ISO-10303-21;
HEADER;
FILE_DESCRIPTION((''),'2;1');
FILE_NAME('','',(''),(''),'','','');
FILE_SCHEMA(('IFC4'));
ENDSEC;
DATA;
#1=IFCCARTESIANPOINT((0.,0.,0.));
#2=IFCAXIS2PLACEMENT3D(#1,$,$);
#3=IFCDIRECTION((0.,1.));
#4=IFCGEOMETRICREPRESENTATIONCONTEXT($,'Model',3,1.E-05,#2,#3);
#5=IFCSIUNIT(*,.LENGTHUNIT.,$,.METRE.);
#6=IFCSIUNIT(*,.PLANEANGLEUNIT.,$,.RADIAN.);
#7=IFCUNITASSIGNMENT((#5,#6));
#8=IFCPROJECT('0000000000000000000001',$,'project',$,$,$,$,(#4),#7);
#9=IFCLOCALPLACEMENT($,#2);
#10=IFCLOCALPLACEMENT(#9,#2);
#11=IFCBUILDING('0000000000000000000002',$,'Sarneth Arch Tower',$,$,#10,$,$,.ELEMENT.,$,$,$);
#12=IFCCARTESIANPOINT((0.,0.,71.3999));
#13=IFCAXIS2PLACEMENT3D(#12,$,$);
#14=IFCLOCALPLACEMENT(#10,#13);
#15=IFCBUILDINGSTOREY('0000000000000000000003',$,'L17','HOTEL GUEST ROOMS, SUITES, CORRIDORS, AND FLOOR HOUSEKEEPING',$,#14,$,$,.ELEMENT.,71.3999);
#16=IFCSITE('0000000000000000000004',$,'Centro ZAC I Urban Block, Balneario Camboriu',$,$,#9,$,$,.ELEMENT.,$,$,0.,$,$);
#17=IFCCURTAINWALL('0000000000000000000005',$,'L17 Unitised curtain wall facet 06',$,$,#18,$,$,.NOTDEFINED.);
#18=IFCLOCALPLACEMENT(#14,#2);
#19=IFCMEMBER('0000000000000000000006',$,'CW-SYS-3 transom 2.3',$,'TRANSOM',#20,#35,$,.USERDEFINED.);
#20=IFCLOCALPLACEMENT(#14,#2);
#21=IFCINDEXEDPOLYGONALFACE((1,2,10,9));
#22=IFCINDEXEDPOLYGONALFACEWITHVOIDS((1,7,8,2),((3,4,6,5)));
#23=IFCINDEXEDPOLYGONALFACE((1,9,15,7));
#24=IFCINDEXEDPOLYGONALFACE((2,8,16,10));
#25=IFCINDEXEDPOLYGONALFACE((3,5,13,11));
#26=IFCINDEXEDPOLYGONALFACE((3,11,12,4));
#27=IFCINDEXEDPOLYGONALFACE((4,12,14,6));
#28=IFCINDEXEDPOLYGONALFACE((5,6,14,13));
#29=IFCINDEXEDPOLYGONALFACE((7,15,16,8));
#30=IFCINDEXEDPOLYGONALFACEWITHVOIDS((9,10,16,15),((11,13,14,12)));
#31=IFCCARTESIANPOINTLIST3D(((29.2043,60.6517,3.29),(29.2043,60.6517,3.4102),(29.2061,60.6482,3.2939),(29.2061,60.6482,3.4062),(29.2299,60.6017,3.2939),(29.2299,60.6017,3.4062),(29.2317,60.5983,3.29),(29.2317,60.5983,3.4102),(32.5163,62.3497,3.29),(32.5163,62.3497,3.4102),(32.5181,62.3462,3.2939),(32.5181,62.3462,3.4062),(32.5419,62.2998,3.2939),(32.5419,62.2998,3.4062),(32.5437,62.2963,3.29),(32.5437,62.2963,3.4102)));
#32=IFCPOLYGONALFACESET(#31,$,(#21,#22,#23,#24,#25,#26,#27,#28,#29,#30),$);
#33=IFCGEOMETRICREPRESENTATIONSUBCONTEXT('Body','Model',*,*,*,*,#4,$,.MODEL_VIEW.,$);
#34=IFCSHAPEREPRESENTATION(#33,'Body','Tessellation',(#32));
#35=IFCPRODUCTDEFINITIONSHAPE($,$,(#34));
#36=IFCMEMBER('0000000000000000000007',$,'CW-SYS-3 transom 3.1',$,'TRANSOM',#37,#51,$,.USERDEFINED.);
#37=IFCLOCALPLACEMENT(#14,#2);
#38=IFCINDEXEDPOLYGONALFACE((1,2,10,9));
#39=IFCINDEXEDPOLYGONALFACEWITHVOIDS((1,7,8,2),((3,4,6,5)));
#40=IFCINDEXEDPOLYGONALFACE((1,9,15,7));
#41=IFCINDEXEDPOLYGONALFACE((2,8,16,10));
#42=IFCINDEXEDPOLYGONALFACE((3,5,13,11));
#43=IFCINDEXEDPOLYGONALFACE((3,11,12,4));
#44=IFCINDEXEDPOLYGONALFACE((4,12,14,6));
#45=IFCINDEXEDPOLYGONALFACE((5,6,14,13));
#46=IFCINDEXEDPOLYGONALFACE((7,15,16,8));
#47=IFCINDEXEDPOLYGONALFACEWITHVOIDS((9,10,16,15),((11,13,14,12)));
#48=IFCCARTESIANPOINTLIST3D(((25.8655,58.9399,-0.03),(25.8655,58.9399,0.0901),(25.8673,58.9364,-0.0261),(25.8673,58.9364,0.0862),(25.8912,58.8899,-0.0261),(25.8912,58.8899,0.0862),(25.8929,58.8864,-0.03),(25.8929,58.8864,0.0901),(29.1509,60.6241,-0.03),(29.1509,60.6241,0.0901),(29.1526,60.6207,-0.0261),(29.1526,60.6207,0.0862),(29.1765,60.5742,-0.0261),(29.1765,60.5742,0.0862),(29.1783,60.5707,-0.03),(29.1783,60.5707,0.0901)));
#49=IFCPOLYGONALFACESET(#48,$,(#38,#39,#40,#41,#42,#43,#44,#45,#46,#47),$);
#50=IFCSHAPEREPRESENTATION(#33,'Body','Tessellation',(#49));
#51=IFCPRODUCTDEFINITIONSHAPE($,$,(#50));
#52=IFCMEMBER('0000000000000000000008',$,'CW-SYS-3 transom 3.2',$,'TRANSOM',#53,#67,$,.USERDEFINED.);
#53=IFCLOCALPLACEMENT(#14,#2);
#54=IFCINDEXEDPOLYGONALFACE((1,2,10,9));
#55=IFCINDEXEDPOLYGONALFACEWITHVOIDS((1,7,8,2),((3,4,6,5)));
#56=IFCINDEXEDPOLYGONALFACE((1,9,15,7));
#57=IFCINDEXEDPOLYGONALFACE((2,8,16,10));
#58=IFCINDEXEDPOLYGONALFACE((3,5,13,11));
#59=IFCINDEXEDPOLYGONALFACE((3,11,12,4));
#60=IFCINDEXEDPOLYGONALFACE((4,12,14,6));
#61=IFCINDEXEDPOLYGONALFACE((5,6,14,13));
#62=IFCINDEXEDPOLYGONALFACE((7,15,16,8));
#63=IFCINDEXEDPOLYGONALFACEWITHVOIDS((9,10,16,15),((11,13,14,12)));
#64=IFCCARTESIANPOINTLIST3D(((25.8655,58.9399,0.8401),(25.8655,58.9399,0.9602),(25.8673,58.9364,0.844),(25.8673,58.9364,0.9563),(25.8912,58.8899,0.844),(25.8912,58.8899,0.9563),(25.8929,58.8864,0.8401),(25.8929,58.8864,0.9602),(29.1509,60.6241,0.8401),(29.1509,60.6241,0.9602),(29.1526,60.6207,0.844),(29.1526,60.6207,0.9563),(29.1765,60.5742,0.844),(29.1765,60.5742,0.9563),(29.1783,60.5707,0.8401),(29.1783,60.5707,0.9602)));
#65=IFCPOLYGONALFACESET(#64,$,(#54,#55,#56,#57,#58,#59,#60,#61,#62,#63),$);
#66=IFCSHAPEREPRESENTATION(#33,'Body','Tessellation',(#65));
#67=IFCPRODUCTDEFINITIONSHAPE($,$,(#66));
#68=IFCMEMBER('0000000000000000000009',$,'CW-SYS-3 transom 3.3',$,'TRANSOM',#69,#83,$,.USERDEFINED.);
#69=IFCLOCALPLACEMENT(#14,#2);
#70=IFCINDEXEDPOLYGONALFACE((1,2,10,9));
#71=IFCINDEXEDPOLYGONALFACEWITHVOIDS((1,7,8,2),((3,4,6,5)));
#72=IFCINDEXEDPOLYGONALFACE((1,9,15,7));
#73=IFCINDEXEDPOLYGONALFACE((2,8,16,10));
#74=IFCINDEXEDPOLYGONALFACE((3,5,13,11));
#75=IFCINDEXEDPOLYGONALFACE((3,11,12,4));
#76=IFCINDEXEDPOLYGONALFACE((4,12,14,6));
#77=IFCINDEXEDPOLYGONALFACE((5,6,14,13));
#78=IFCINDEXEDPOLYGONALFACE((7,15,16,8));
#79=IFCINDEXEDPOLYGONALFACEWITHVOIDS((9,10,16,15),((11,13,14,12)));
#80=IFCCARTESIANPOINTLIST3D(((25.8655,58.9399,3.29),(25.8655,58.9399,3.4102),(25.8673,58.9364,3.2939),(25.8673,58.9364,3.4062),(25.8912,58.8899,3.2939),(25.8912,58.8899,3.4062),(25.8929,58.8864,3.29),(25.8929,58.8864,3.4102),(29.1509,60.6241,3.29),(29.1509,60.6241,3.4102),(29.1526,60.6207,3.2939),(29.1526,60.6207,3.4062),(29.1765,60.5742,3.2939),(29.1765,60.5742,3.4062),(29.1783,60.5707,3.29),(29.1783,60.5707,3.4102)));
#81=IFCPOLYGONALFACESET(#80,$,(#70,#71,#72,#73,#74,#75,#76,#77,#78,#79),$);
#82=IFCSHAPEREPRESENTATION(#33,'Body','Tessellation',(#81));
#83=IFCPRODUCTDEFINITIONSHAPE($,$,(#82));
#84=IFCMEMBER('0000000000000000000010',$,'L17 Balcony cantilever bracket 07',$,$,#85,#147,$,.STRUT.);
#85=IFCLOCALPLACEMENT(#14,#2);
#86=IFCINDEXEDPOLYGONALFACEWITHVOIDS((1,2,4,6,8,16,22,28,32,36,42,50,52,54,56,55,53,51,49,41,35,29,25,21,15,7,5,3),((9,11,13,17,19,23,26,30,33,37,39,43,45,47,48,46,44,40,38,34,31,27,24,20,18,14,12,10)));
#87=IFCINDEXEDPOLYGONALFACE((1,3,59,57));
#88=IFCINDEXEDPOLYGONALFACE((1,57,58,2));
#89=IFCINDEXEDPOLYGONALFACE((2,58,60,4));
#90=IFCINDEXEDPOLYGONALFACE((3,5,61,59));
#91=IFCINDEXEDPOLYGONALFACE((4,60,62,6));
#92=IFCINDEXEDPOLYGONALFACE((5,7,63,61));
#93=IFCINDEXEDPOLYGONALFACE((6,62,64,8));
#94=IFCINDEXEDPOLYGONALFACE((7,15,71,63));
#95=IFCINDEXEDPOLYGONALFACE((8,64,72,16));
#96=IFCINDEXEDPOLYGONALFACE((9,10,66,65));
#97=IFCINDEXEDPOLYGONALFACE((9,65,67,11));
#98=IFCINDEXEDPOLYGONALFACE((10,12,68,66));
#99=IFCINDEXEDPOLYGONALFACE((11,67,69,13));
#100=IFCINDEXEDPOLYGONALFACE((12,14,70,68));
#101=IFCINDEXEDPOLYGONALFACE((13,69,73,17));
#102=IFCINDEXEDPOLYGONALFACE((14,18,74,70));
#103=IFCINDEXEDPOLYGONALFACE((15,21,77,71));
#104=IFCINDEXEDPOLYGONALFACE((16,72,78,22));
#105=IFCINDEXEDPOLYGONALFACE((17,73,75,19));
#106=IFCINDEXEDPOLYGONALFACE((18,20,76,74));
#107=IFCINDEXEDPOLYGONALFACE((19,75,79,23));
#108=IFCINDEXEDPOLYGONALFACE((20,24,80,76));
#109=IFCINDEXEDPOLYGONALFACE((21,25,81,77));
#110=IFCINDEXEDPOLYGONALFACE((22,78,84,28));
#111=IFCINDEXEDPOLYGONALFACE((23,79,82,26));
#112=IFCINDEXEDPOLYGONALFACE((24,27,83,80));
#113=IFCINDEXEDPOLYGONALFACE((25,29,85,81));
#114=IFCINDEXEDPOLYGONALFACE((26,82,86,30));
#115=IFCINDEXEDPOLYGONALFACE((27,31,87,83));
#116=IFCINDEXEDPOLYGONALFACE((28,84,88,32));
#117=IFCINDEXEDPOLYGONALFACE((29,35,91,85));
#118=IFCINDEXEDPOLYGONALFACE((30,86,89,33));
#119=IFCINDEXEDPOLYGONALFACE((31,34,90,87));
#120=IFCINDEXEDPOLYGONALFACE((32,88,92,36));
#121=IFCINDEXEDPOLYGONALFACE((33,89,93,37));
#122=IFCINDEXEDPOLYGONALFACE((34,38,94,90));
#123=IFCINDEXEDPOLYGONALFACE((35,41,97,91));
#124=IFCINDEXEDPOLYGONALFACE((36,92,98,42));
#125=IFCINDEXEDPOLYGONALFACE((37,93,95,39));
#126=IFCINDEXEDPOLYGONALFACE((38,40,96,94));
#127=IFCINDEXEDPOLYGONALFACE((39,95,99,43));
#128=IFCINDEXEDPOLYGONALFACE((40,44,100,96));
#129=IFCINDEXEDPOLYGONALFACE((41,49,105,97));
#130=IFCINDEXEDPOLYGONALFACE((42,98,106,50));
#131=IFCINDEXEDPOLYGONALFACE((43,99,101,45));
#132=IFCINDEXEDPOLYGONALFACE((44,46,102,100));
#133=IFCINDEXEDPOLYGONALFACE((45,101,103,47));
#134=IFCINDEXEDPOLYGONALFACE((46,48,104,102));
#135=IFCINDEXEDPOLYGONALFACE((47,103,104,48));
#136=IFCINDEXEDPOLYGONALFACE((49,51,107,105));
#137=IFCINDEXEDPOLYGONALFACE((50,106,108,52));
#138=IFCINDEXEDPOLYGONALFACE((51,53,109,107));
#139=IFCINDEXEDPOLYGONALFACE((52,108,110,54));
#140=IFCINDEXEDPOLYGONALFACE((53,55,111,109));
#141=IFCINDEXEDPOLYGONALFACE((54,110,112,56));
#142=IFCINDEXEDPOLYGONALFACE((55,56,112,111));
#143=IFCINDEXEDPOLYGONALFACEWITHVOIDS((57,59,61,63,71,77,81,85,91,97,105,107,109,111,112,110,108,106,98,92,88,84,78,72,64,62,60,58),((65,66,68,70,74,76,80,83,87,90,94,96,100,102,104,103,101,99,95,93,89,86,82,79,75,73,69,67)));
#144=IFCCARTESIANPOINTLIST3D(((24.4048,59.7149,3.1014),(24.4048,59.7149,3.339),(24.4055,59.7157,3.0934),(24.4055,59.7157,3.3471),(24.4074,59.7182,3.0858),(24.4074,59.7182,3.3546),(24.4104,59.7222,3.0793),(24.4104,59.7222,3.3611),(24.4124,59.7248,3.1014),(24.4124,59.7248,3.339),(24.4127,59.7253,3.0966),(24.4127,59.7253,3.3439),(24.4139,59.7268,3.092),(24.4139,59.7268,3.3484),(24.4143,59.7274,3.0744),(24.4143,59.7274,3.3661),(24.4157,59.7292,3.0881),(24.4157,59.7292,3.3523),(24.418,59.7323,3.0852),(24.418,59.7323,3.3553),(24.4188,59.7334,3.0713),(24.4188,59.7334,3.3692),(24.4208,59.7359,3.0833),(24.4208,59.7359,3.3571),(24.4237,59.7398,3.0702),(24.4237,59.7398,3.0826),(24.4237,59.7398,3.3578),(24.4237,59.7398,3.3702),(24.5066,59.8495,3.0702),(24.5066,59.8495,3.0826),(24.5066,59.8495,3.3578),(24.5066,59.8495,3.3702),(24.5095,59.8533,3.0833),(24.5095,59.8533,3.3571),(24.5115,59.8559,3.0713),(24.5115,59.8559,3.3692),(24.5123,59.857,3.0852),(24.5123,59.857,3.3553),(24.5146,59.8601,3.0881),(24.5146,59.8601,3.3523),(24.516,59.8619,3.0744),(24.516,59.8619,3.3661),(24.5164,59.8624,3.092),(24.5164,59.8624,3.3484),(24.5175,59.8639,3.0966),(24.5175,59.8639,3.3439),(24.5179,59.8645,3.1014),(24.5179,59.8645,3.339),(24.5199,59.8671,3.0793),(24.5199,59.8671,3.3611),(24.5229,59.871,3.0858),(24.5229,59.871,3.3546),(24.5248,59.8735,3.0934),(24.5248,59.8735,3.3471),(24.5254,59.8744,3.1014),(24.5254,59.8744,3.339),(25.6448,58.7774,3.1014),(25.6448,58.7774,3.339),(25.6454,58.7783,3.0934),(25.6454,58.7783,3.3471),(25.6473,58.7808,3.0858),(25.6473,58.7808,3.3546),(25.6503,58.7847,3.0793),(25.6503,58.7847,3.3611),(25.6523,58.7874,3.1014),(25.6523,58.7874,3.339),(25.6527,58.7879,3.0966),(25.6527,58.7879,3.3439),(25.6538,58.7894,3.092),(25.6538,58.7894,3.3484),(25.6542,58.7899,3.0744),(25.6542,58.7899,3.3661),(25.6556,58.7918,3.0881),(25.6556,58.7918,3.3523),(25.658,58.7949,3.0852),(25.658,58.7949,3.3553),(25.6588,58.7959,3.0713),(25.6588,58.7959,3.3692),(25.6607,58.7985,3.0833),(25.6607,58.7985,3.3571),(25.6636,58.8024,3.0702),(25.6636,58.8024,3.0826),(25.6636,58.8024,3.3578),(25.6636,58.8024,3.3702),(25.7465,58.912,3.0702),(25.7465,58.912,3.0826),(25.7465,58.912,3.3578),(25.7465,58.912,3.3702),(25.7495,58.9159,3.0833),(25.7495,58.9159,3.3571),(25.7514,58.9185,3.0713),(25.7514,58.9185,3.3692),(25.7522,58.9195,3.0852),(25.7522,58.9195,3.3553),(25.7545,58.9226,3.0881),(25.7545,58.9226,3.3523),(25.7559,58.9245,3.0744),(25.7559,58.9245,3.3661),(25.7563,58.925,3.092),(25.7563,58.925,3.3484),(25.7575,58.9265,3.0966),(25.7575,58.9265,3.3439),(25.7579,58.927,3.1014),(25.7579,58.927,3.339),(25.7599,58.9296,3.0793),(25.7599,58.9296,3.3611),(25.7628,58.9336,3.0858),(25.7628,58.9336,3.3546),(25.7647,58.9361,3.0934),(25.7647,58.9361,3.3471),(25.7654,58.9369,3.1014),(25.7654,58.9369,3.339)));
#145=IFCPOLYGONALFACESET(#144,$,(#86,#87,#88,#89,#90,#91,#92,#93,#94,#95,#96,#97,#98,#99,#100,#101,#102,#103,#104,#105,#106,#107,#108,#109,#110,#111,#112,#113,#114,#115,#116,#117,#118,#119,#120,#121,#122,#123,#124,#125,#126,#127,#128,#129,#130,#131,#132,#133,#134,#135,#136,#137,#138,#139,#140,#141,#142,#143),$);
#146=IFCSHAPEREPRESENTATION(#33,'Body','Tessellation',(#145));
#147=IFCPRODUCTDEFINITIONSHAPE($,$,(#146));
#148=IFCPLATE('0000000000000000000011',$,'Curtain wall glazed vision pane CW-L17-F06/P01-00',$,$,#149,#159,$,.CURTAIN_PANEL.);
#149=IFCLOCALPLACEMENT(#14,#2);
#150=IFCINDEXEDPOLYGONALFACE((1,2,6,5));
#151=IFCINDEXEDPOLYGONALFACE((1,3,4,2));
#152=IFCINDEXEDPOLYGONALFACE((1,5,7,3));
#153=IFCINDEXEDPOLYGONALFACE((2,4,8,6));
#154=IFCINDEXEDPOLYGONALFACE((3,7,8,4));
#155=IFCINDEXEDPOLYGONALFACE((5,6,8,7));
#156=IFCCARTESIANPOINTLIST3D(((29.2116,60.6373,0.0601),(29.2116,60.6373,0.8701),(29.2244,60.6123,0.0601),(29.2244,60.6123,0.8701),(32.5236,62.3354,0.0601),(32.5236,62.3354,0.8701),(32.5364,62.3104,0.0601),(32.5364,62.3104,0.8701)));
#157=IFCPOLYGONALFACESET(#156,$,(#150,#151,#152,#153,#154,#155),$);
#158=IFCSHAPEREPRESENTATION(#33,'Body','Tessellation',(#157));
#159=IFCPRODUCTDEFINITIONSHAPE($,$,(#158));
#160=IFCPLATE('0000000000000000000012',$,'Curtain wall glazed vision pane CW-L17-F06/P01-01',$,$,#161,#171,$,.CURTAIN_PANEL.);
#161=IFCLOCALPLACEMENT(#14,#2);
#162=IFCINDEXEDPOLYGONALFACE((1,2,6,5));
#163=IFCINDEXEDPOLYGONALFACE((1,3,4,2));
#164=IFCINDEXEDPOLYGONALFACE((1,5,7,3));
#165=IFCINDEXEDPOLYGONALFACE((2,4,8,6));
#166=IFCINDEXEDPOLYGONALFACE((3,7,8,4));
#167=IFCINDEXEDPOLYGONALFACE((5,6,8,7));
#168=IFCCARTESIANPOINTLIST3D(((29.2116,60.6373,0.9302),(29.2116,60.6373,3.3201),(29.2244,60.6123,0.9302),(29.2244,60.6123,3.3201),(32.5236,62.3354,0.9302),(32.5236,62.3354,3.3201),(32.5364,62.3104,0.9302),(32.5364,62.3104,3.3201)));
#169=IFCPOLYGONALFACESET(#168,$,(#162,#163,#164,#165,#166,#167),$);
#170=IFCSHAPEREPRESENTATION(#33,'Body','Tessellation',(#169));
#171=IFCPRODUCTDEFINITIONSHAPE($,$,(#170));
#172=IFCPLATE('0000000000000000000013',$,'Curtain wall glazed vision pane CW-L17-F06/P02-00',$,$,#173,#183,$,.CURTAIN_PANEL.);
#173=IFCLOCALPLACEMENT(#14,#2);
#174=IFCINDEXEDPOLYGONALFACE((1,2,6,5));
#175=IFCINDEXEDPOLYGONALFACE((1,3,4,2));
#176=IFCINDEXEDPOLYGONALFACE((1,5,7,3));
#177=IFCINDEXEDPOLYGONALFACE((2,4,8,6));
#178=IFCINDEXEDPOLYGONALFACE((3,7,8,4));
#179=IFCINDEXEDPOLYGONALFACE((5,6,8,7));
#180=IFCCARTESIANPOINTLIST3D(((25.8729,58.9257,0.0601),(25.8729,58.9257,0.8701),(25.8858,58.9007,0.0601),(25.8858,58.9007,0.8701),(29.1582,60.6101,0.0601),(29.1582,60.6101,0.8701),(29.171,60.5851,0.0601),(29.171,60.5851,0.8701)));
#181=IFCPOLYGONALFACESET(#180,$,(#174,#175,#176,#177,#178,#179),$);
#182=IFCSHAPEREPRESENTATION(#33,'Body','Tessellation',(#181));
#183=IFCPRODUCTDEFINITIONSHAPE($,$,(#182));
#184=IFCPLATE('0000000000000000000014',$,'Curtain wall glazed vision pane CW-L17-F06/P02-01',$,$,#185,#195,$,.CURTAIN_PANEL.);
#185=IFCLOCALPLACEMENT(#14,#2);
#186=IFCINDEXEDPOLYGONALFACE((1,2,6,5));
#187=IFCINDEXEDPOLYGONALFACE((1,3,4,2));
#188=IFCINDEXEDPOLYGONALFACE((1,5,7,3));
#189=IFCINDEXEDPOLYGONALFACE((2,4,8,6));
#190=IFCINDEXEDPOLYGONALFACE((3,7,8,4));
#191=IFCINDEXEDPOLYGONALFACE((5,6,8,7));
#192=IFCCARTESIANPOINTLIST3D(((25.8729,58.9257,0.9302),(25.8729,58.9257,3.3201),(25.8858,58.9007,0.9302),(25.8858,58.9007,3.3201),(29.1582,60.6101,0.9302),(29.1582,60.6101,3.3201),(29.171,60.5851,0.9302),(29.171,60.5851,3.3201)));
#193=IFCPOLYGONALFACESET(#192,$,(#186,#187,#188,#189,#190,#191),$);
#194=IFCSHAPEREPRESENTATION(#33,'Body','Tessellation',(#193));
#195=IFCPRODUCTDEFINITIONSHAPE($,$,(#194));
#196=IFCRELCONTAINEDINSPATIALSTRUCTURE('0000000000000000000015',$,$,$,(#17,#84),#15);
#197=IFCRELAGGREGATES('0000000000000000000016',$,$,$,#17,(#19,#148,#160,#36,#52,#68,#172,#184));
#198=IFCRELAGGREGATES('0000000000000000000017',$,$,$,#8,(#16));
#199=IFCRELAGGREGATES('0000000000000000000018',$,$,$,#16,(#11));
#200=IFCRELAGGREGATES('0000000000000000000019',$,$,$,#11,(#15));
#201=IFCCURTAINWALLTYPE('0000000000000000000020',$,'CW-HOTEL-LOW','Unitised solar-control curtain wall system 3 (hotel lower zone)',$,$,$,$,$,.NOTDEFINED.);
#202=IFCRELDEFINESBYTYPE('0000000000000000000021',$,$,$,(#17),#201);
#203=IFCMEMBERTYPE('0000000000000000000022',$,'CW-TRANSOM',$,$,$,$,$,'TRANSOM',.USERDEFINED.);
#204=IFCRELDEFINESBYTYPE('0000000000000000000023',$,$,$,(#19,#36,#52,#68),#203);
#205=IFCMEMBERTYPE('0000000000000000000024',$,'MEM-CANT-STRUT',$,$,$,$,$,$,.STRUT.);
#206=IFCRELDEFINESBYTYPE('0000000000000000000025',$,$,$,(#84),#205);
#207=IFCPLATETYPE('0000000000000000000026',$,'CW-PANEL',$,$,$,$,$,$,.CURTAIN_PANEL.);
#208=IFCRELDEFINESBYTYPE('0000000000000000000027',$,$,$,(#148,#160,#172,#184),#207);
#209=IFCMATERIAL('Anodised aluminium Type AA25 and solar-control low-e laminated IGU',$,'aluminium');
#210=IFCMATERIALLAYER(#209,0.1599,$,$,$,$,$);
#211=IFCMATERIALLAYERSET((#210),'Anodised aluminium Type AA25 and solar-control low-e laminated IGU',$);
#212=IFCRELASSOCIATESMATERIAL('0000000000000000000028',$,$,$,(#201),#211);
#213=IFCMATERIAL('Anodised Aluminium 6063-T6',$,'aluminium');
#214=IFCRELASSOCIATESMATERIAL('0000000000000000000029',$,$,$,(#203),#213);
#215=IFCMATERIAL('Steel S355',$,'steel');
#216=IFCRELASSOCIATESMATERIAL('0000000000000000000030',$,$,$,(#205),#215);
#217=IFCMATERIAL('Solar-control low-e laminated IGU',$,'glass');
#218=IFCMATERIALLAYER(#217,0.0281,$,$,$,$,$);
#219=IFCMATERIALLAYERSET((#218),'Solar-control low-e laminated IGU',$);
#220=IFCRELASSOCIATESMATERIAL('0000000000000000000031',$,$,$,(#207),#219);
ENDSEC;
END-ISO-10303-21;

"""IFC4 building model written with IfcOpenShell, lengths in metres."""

from ifc_helpers import new_model, si_unit, direction, frame, origin, origin_2d, place, context, subcontext, project, spatial, rectangle, hollow_rectangle, extrude, material, layer, layer_set, material_profile, profile_set, type_object, element, aggregate, save


model = new_model("IFC4")

# Units and contexts
model_context = context("Model", 3, precision=1e-05, world=origin(), true_north=direction((0.0, 1.0)))
body_context = subcontext(model_context, "Body", "Model", "MODEL_VIEW")
ifc_project = project(units=[si_unit("LENGTHUNIT", "METRE"), si_unit("PLANEANGLEUNIT", "RADIAN")], contexts=[model_context])

# Site, building, storey
site_placement = place(None, origin())
site = spatial("IfcSite", under=ifc_project, at=site_placement, Name="Centro ZAC I Urban Block, Balneario Camboriu", CompositionType="ELEMENT", RefElevation=0.0)
building_placement = place(site_placement, origin())
building = spatial("IfcBuilding", under=site, at=building_placement, Name="Sarneth Arch Tower", CompositionType="ELEMENT")
storey_placement = place(building_placement, frame((0.0, 0.0, 71.3999)))
storey = spatial("IfcBuildingStorey", under=building, at=storey_placement, Name="L17", Description="HOTEL GUEST ROOMS, SUITES, CORRIDORS, AND FLOOR HOUSEKEEPING", CompositionType="ELEMENT", Elevation=71.3999)

# Curtain wall, members
ifc_material_1 = material(Name="Anodised aluminium Type AA25 and solar-control low-e laminated IGU", Category="aluminium")
ifc_layer_1 = layer(ifc_material_1, 0.1599)
ifc_layer_set_1 = layer_set([ifc_layer_1], Name="Anodised aluminium Type AA25 and solar-control low-e laminated IGU")
curtain_wall_type = type_object("IfcCurtainWallType", Name="CW-HOTEL-LOW", Description="Unitised solar-control curtain wall system 3 (hotel lower zone)", PredefinedType="NOTDEFINED", material=ifc_layer_set_1)
curtain_wall_placement = place(storey_placement, origin())
curtain_wall = element("IfcCurtainWall", 1, at=curtain_wall_placement, inside=storey, type_object=curtain_wall_type, Name="L17 Unitised curtain wall facet 06", PredefinedType="NOTDEFINED")
ifc_material_2 = material(Name="Anodised Aluminium 6063-T6", Category="aluminium")
ifc_material_profile_1 = material_profile(ifc_material_2, hollow_rectangle(XDim=0.0601, YDim=0.1201, WallThickness=0.0039, at=origin_2d()), Name="AL-TRAN-120x60x4")
ifc_profile_set_1 = profile_set([ifc_material_profile_1], Name="Anodised Aluminium 6063-T6")
member_type_1 = type_object("IfcMemberType", Name="CW-TRANSOM", ElementType="TRANSOM", PredefinedType="USERDEFINED", material=ifc_profile_set_1)
member_1_placement = place(storey_placement, frame((32.53, 62.323, 3.3501), z_axis=(-0.889869, -0.456217, 0.0), x_axis=(0.456217, -0.889869, 0.0)))
member_1 = element("IfcMember", 2, at=member_1_placement, type_object=member_type_1, Name="CW-SYS-3 transom 2.3", ObjectType="TRANSOM", PredefinedType="USERDEFINED", context=body_context, shape_type="SweptSolid", body=[
    extrude(hollow_rectangle(XDim=0.0601, YDim=0.1201, WallThickness=0.0039, at=origin_2d()), origin(), (0.0, 0.0, 1.0), 3.7219),
])
member_2_placement = place(storey_placement, frame((29.1646, 60.5974, 0.03), z_axis=(-0.889872, -0.456211, 0.0), x_axis=(0.456211, -0.889872, 0.0)))
member_2 = element("IfcMember", 3, at=member_2_placement, type_object=member_type_1, Name="CW-SYS-3 transom 3.1", ObjectType="TRANSOM", PredefinedType="USERDEFINED", context=body_context, shape_type="SweptSolid", body=[
    extrude(hollow_rectangle(XDim=0.0601, YDim=0.1201, WallThickness=0.0039, at=origin_2d()), origin(), (0.0, 0.0, 1.0), 3.6919),
])
member_3_placement = place(storey_placement, frame((29.1646, 60.5974, 0.9001), z_axis=(-0.889872, -0.456211, 0.0), x_axis=(0.456211, -0.889872, 0.0)))
member_3 = element("IfcMember", 4, at=member_3_placement, type_object=member_type_1, Name="CW-SYS-3 transom 3.2", ObjectType="TRANSOM", PredefinedType="USERDEFINED", context=body_context, shape_type="SweptSolid", body=[
    extrude(hollow_rectangle(XDim=0.0601, YDim=0.1201, WallThickness=0.0039, at=origin_2d()), origin(), (0.0, 0.0, 1.0), 3.6919),
])
member_4_placement = place(storey_placement, frame((29.1646, 60.5974, 3.3501), z_axis=(-0.889872, -0.456211, 0.0), x_axis=(0.456211, -0.889872, 0.0)))
member_4 = element("IfcMember", 5, at=member_4_placement, type_object=member_type_1, Name="CW-SYS-3 transom 3.3", ObjectType="TRANSOM", PredefinedType="USERDEFINED", context=body_context, shape_type="SweptSolid", body=[
    extrude(hollow_rectangle(XDim=0.0601, YDim=0.1201, WallThickness=0.0039, at=origin_2d()), origin(), (0.0, 0.0, 1.0), 3.6919),
])

# Member
ifc_material_3 = material(Name="Steel S355", Category="steel")
ifc_material_profile_2 = material_profile(ifc_material_3, hollow_rectangle(XDim=0.2, YDim=0.3, WallThickness=0.0125, InnerFilletRadius=0.0188, OuterFilletRadius=0.0312, at=origin_2d()), Name="RHS300x200x12.5")
ifc_profile_set_2 = profile_set([ifc_material_profile_2], Name="Steel S355")
member_type_2 = type_object("IfcMemberType", Name="MEM-CANT-STRUT", PredefinedType="STRUT", material=ifc_profile_set_2)
member_5_placement = place(storey_placement, frame((25.7051, 58.8572, 3.2202), z_axis=(-0.797676, 0.603086, 0.0), x_axis=(-0.603086, -0.797676, 0.0)))
element("IfcMember", 6, at=member_5_placement, inside=storey, type_object=member_type_2, Name="L17 Balcony cantilever bracket 07", PredefinedType="STRUT", context=body_context, shape_type="SweptSolid", body=[
    extrude(hollow_rectangle(XDim=0.2, YDim=0.3, WallThickness=0.0125, InnerFilletRadius=0.0188, OuterFilletRadius=0.0312, at=origin_2d()), origin(), (0.0, 0.0, 1.0), 1.5544),
])

# Plates
ifc_material_4 = material(Name="Solar-control low-e laminated IGU", Category="glass")
ifc_layer_2 = layer(ifc_material_4, 0.0281)
ifc_layer_set_2 = layer_set([ifc_layer_2], Name="Solar-control low-e laminated IGU")
plate_type_1 = type_object("IfcPlateType", Name="CW-PANEL", PredefinedType="CURTAIN_PANEL", material=ifc_layer_set_2)
plate_1_placement = place(storey_placement, frame((30.874, 61.4739, 0.0601), z_axis=(0.0, 0.0, 1.0), x_axis=(-0.889854, -0.456245, 0.0)))
plate_1 = element("IfcPlate", 7, at=plate_1_placement, type_object=plate_type_1, Name="Curtain wall glazed vision pane CW-L17-F06/P01-00", PredefinedType="CURTAIN_PANEL", context=body_context, shape_type="SweptSolid", body=[
    extrude(rectangle(XDim=3.7219, YDim=0.0281, at=origin_2d()), origin(), (0.0, 0.0, 1.0), 0.8101),
])
plate_2_placement = place(storey_placement, frame((30.874, 61.4739, 0.9302), z_axis=(0.0, 0.0, 1.0), x_axis=(-0.889854, -0.456245, 0.0)))
plate_2 = element("IfcPlate", 8, at=plate_2_placement, type_object=plate_type_1, Name="Curtain wall glazed vision pane CW-L17-F06/P01-01", PredefinedType="CURTAIN_PANEL", context=body_context, shape_type="SweptSolid", body=[
    extrude(rectangle(XDim=3.7219, YDim=0.0281, at=origin_2d()), origin(), (0.0, 0.0, 1.0), 2.3899),
])
plate_3_placement = place(storey_placement, frame((27.522, 59.7554, 0.0601), z_axis=(0.0, 0.0, 1.0), x_axis=(-0.889854, -0.456245, 0.0)))
plate_3 = element("IfcPlate", 9, at=plate_3_placement, type_object=plate_type_1, Name="Curtain wall glazed vision pane CW-L17-F06/P02-00", PredefinedType="CURTAIN_PANEL", context=body_context, shape_type="SweptSolid", body=[
    extrude(rectangle(XDim=3.6919, YDim=0.0281, at=origin_2d()), origin(), (0.0, 0.0, 1.0), 0.8101),
])
plate_4_placement = place(storey_placement, frame((27.522, 59.7554, 0.9302), z_axis=(0.0, 0.0, 1.0), x_axis=(-0.889854, -0.456245, 0.0)))
plate_4 = element("IfcPlate", 10, at=plate_4_placement, type_object=plate_type_1, Name="Curtain wall glazed vision pane CW-L17-F06/P02-01", PredefinedType="CURTAIN_PANEL", context=body_context, shape_type="SweptSolid", body=[
    extrude(rectangle(XDim=3.6919, YDim=0.0281, at=origin_2d()), origin(), (0.0, 0.0, 1.0), 2.3899),
])
aggregate(curtain_wall, [member_1, plate_1, plate_2, member_2, member_3, member_4, plate_3, plate_4])

save(model, "model.ifc")
